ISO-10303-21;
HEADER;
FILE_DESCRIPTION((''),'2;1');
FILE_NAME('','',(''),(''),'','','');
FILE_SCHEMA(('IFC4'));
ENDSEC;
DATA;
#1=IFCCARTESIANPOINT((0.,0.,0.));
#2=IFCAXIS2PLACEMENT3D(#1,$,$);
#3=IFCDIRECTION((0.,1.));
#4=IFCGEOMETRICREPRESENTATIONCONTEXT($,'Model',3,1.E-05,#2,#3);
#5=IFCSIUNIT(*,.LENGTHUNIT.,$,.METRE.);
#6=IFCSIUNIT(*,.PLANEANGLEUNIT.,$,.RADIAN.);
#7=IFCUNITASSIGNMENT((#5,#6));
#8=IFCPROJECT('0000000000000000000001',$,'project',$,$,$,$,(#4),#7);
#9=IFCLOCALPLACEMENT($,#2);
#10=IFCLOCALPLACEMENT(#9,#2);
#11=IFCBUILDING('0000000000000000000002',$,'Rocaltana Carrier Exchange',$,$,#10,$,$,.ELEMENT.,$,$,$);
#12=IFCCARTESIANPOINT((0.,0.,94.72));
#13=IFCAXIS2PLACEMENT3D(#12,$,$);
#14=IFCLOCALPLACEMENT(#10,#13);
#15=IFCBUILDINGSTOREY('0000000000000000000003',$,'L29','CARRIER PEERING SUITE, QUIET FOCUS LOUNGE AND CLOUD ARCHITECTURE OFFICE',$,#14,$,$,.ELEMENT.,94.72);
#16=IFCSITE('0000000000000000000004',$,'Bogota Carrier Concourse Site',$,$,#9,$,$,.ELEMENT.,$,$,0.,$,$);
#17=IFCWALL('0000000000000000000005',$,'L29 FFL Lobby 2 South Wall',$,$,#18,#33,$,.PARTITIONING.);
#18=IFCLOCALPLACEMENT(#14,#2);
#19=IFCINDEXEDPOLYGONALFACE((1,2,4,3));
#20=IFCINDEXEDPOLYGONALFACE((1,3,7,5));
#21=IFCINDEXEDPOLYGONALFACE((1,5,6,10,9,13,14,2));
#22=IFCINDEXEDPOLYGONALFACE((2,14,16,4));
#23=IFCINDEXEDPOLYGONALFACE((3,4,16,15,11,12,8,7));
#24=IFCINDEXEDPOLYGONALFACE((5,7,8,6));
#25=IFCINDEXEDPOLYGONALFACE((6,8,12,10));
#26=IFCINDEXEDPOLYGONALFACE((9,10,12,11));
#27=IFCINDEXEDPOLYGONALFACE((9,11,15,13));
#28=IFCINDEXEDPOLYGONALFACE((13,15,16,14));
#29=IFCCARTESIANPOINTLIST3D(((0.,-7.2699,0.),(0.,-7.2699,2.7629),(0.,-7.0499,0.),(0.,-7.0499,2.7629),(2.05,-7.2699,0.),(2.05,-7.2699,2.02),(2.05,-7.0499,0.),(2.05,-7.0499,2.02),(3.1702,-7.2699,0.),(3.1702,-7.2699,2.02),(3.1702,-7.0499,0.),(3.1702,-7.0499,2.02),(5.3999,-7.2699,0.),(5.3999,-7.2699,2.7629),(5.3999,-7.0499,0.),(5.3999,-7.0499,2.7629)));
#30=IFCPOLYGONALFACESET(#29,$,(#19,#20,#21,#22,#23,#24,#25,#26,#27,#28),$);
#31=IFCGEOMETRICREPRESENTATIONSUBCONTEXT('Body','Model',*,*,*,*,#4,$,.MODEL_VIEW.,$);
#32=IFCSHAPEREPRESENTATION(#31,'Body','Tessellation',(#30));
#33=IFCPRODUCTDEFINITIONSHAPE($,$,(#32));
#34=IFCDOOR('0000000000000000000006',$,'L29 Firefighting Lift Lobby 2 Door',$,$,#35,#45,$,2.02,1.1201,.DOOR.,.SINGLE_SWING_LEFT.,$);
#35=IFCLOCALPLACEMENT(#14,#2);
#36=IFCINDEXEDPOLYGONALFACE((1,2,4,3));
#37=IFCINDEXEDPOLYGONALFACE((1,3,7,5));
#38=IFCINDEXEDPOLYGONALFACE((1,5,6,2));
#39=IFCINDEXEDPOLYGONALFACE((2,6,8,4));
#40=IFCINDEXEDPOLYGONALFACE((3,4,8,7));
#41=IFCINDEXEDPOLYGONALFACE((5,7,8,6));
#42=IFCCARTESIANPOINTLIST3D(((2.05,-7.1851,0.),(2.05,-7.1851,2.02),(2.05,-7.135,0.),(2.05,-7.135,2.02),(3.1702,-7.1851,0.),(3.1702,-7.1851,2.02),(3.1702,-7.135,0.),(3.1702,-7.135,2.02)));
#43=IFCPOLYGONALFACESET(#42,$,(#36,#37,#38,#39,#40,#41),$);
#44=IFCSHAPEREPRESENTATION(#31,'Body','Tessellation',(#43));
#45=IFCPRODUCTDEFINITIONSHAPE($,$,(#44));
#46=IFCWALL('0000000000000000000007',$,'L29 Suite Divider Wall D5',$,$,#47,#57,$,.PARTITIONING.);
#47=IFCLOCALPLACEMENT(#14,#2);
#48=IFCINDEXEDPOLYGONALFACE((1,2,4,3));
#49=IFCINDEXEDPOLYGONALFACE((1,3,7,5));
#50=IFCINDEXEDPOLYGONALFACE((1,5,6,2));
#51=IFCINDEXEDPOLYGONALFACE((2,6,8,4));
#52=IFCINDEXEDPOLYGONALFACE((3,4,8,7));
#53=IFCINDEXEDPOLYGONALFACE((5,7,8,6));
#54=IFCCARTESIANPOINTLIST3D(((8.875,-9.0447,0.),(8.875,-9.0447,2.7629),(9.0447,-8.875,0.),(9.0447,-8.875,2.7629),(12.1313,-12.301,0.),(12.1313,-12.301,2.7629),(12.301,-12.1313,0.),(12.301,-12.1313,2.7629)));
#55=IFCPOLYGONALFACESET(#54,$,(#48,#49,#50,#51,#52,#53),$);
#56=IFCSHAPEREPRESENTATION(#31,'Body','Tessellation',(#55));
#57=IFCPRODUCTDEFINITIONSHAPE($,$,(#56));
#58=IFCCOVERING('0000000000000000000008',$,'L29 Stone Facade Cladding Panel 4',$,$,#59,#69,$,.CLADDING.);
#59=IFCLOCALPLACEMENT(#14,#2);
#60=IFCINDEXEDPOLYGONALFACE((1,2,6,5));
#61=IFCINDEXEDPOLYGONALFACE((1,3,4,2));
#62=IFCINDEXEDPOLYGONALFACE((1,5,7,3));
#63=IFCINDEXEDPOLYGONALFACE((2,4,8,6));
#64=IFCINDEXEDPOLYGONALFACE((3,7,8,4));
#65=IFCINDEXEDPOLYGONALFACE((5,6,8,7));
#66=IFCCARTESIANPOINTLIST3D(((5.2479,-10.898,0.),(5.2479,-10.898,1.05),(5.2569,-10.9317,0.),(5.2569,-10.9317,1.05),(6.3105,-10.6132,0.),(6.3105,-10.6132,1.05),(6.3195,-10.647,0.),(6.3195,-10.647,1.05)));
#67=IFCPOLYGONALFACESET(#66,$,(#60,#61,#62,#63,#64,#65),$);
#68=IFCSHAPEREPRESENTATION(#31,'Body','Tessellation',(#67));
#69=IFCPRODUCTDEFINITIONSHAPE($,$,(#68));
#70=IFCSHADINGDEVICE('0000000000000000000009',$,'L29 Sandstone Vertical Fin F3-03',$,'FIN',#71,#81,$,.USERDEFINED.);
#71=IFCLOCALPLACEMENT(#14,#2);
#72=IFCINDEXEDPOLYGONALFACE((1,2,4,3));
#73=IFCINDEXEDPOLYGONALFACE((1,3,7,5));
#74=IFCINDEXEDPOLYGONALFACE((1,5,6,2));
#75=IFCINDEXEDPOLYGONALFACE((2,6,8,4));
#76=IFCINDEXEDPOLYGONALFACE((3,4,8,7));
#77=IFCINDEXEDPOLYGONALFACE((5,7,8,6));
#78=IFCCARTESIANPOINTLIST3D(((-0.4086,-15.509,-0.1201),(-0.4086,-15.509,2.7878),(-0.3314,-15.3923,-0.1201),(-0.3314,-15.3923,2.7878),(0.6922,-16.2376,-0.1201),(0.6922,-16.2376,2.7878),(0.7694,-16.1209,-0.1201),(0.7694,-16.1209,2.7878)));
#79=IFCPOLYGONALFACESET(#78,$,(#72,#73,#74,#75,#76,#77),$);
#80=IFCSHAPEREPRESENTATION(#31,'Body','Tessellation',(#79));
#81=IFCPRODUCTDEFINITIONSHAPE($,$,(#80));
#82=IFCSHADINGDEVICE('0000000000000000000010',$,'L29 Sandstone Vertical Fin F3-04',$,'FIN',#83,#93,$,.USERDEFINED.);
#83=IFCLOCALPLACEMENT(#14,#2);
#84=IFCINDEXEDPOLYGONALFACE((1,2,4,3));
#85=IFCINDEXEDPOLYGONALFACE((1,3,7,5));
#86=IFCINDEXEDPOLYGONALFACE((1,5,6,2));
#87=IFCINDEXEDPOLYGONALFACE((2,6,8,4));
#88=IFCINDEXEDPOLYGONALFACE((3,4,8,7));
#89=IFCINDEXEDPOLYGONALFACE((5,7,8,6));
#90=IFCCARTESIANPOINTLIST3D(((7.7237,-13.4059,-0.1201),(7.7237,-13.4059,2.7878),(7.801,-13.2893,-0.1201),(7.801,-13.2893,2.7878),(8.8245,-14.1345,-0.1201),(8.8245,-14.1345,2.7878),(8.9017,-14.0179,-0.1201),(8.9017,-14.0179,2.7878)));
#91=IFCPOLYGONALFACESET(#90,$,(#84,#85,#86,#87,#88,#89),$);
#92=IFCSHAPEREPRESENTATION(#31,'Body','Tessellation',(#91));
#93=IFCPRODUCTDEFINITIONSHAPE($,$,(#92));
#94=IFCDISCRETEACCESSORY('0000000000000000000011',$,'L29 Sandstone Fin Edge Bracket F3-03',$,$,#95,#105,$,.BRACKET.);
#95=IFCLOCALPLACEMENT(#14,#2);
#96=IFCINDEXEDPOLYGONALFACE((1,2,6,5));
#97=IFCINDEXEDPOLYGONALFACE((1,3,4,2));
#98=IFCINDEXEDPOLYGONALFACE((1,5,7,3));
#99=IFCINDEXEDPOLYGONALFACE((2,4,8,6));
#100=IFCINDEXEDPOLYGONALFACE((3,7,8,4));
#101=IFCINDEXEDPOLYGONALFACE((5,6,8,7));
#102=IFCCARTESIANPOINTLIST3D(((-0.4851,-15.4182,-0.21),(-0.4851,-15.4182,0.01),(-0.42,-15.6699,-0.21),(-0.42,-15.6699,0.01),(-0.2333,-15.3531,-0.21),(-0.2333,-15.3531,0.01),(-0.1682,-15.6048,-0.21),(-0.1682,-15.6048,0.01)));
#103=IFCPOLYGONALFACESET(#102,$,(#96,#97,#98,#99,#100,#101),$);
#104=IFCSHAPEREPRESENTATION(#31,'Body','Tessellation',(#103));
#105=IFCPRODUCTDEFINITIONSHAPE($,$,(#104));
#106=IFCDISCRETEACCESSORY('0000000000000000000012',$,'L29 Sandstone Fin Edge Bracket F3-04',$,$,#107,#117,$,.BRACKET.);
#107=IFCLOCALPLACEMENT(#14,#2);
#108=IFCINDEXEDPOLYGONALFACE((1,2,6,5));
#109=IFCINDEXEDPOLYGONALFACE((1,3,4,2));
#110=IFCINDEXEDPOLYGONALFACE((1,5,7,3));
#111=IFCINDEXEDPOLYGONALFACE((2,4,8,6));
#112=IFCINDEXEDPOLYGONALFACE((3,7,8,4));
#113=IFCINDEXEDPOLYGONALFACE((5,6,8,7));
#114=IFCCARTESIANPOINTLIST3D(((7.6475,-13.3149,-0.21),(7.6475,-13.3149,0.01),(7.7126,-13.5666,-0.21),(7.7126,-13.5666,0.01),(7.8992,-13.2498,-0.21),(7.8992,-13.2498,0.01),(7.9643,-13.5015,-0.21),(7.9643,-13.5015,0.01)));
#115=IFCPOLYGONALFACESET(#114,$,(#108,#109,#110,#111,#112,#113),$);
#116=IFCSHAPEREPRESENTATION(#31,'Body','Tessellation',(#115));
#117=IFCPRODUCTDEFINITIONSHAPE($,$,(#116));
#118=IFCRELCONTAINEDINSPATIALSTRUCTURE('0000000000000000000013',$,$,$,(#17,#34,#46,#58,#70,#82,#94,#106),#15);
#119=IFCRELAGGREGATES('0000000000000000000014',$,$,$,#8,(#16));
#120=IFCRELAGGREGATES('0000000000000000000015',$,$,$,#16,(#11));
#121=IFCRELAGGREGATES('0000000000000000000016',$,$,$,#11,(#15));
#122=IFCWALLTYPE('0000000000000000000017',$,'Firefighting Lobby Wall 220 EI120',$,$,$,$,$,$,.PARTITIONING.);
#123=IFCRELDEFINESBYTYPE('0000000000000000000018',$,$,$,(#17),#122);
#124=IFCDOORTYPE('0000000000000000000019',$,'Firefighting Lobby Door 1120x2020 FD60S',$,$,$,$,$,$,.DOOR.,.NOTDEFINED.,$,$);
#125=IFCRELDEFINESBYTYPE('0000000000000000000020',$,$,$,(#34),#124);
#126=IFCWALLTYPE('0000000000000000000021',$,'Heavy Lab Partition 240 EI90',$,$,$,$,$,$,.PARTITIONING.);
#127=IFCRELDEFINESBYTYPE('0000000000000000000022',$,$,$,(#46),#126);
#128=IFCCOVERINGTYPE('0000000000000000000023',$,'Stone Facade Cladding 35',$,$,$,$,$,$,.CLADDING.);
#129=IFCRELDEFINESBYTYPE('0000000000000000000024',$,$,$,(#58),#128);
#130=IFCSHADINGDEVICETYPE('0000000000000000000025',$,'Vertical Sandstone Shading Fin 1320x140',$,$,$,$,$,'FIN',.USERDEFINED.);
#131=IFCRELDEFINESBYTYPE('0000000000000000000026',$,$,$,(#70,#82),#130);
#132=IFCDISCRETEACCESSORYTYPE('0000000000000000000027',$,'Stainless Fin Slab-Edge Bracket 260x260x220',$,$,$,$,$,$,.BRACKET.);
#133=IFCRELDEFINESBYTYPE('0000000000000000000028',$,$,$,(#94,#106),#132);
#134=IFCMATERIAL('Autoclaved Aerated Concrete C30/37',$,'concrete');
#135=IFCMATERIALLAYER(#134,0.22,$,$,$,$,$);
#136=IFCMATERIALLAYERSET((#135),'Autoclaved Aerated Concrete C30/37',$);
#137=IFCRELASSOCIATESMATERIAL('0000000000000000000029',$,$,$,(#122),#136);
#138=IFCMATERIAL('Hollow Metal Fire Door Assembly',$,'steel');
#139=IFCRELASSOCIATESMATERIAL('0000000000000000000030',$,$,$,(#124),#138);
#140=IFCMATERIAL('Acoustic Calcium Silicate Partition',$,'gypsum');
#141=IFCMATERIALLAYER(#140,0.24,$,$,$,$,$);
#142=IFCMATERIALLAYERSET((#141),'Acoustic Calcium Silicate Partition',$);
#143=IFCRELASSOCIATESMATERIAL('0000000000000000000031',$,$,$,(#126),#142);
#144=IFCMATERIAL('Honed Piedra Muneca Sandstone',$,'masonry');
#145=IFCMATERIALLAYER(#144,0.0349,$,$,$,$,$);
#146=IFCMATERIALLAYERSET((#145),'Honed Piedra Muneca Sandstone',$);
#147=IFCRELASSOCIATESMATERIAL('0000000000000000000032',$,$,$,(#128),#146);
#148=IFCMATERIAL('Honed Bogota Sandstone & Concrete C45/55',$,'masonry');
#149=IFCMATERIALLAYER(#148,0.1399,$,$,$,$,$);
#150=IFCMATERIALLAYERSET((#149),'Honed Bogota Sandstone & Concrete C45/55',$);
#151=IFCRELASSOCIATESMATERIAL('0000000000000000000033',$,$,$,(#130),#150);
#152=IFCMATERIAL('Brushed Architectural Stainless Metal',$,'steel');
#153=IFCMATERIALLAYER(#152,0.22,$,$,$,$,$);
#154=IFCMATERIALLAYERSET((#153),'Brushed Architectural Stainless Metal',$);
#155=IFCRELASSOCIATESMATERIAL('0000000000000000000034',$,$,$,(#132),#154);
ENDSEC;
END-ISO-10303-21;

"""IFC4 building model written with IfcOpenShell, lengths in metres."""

from ifc_helpers import new_model, si_unit, direction, frame, frame_2d, origin, origin_2d, place, context, subcontext, project, spatial, rectangle, extrude, material, layer, layer_set, type_object, element, fill, save


model = new_model("IFC4")

# Units and contexts
model_context = context("Model", 3, precision=1e-05, world=origin(), true_north=direction((0.0, 1.0)))
body_context = subcontext(model_context, "Body", "Model", "MODEL_VIEW")
ifc_project = project(units=[si_unit("LENGTHUNIT", "METRE"), si_unit("PLANEANGLEUNIT", "RADIAN")], contexts=[model_context])

# Site, building, storey
site_placement = place(None, origin())
site = spatial("IfcSite", under=ifc_project, at=site_placement, Name="Bogota Carrier Concourse Site", CompositionType="ELEMENT", RefElevation=0.0)
building_placement = place(site_placement, origin())
building = spatial("IfcBuilding", under=site, at=building_placement, Name="Rocaltana Carrier Exchange", CompositionType="ELEMENT")
storey_placement = place(building_placement, frame((0.0, 0.0, 94.72)))
storey = spatial("IfcBuildingStorey", under=building, at=storey_placement, Name="L29", Description="CARRIER PEERING SUITE, QUIET FOCUS LOUNGE AND CLOUD ARCHITECTURE OFFICE", CompositionType="ELEMENT", Elevation=94.72)

# Shared definitions
ifc_material_1 = material(Name="Autoclaved Aerated Concrete C30/37", Category="concrete")
ifc_layer_1 = layer(ifc_material_1, 0.22)
ifc_layer_set_1 = layer_set([ifc_layer_1], Name="Autoclaved Aerated Concrete C30/37")
wall_type_1 = type_object("IfcWallType", Name="Firefighting Lobby Wall 220 EI120", PredefinedType="PARTITIONING", material=ifc_layer_set_1)

# Wall, opening, door
wall_1_placement = place(storey_placement, frame((0.0, -7.1599, 0.0), z_axis=(0.0, 0.0, 1.0), x_axis=(1.0, 0.0, 0.0)))
wall_1 = element("IfcWall", 1, at=wall_1_placement, inside=storey, type_object=wall_type_1, Name="L29 FFL Lobby 2 South Wall", PredefinedType="PARTITIONING", context=body_context, shape_type="SweptSolid", body=[
    extrude(rectangle(XDim=5.3999, YDim=0.22, at=frame_2d((2.7, 0.0))), origin(), (0.0, 0.0, 1.0), 2.7629),
])
opening_1_placement = place(wall_1_placement, frame((2.05, 0.0, 0.0)))
opening_1 = element("IfcOpeningElement", 2, at=opening_1_placement, cuts=wall_1, PredefinedType="OPENING", context=body_context, shape_type="SweptSolid", body=[
    extrude(rectangle(XDim=1.1201, YDim=2.02, at=frame_2d((0.5601, 1.01))), frame((0.0, 0.1199, 0.0), z_axis=(0.0, -1.0, 0.0), x_axis=(1.0, 0.0, 0.0)), (0.0, 0.0, 1.0), 0.24),
])
ifc_material_2 = material(Name="Hollow Metal Fire Door Assembly", Category="steel")
door_type_1 = type_object("IfcDoorType", Name="Firefighting Lobby Door 1120x2020 FD60S", OperationType="NOTDEFINED", PredefinedType="DOOR", material=ifc_material_2)
door_1_placement = place(opening_1_placement, origin())
door_1 = element("IfcDoor", 3, at=door_1_placement, inside=storey, type_object=door_type_1, Name="L29 Firefighting Lift Lobby 2 Door", OperationType="SINGLE_SWING_LEFT", OverallHeight=2.02, OverallWidth=1.1201, PredefinedType="DOOR", context=body_context, shape_type="SweptSolid", body=[
    extrude(rectangle(XDim=1.1201, YDim=2.02, at=frame_2d((0.5601, 1.01))), frame((0.0, 0.0249, 0.0), z_axis=(0.0, -1.0, 0.0), x_axis=(1.0, 0.0, 0.0)), (0.0, 0.0, 1.0), 0.05),
])
fill(opening_1, door_1)

# Wall
ifc_material_3 = material(Name="Acoustic Calcium Silicate Partition", Category="gypsum")
ifc_layer_2 = layer(ifc_material_3, 0.24)
ifc_layer_set_2 = layer_set([ifc_layer_2], Name="Acoustic Calcium Silicate Partition")
wall_type_2 = type_object("IfcWallType", Name="Heavy Lab Partition 240 EI90", PredefinedType="PARTITIONING", material=ifc_layer_set_2)
wall_2_placement = place(storey_placement, frame((8.9597, -8.9597, 0.0), z_axis=(0.0, 0.0, 1.0), x_axis=(0.707107, -0.707107, 0.0)))
element("IfcWall", 4, at=wall_2_placement, inside=storey, type_object=wall_type_2, Name="L29 Suite Divider Wall D5", PredefinedType="PARTITIONING", context=body_context, shape_type="SweptSolid", body=[
    extrude(rectangle(XDim=4.6052, YDim=0.24, at=frame_2d((2.3027, 0.0))), origin(), (0.0, 0.0, 1.0), 2.7629),
])

# Covering
ifc_material_4 = material(Name="Honed Piedra Muneca Sandstone", Category="masonry")
ifc_layer_3 = layer(ifc_material_4, 0.0349)
ifc_layer_set_3 = layer_set([ifc_layer_3], Name="Honed Piedra Muneca Sandstone")
covering_type = type_object("IfcCoveringType", Name="Stone Facade Cladding 35", PredefinedType="CLADDING", material=ifc_layer_set_3)
covering_placement = place(storey_placement, frame((5.7837, -10.7725, 0.0), z_axis=(0.0, 0.0, 1.0), x_axis=(0.965926, 0.258819, 0.0)))
element("IfcCovering", 5, at=covering_placement, inside=storey, type_object=covering_type, Name="L29 Stone Facade Cladding Panel 4", PredefinedType="CLADDING", context=body_context, shape_type="SweptSolid", body=[
    extrude(rectangle(XDim=1.1001, YDim=0.0349, at=origin_2d()), origin(), (0.0, 0.0, 1.0), 1.05),
])

# Shading devices
ifc_material_5 = material(Name="Honed Bogota Sandstone & Concrete C45/55", Category="masonry")
ifc_layer_4 = layer(ifc_material_5, 0.1399)
ifc_layer_set_4 = layer_set([ifc_layer_4], Name="Honed Bogota Sandstone & Concrete C45/55")
shading_device_type = type_object("IfcShadingDeviceType", Name="Vertical Sandstone Shading Fin 1320x140", ElementType="FIN", PredefinedType="USERDEFINED", material=ifc_layer_set_4)
for number, where, z_axis, x_axis, name in (
    (6, (0.1804, -15.8149, -0.1201), (0.0, 0.0, 1.0), (0.833886, -0.551937, 0.0), "L29 Sandstone Vertical Fin F3-03"),
    (7, (8.3127, -13.7119, -0.1201), (0.0, 0.0, 1.0), (0.833886, -0.551937, 0.0), "L29 Sandstone Vertical Fin F3-04"),
):
    element("IfcShadingDevice", number, at=place(storey_placement, frame(where, z_axis=z_axis, x_axis=x_axis)), inside=storey, type_object=shading_device_type, Name=name, ObjectType="FIN", PredefinedType="USERDEFINED", context=body_context, shape_type="SweptSolid", body=[
        extrude(rectangle(XDim=1.3201, YDim=0.1399, at=origin_2d()), origin(), (0.0, 0.0, 1.0), 2.908),
    ])

# Discrete accessories
ifc_material_6 = material(Name="Brushed Architectural Stainless Metal", Category="steel")
ifc_layer_5 = layer(ifc_material_6, 0.22)
ifc_layer_set_5 = layer_set([ifc_layer_5], Name="Brushed Architectural Stainless Metal")
discrete_accessory_type = type_object("IfcDiscreteAccessoryType", Name="Stainless Fin Slab-Edge Bracket 260x260x220", PredefinedType="BRACKET", material=ifc_layer_set_5)
for number, where, z_axis, x_axis, name in (
    (8, (-0.3267, -15.5115, -0.21), (0.0, 0.0, 1.0), (0.968148, 0.25038, 0.0), "L29 Sandstone Fin Edge Bracket F3-03"),
    (9, (7.8059, -13.4082, -0.21), (0.0, 0.0, 1.0), (0.968148, 0.25038, 0.0), "L29 Sandstone Fin Edge Bracket F3-04"),
):
    element("IfcDiscreteAccessory", number, at=place(storey_placement, frame(where, z_axis=z_axis, x_axis=x_axis)), inside=storey, type_object=discrete_accessory_type, Name=name, PredefinedType="BRACKET", context=body_context, shape_type="SweptSolid", body=[
        extrude(rectangle(XDim=0.26, YDim=0.26, at=origin_2d()), origin(), (0.0, 0.0, 1.0), 0.22),
    ])

save(model, "model.ifc")
